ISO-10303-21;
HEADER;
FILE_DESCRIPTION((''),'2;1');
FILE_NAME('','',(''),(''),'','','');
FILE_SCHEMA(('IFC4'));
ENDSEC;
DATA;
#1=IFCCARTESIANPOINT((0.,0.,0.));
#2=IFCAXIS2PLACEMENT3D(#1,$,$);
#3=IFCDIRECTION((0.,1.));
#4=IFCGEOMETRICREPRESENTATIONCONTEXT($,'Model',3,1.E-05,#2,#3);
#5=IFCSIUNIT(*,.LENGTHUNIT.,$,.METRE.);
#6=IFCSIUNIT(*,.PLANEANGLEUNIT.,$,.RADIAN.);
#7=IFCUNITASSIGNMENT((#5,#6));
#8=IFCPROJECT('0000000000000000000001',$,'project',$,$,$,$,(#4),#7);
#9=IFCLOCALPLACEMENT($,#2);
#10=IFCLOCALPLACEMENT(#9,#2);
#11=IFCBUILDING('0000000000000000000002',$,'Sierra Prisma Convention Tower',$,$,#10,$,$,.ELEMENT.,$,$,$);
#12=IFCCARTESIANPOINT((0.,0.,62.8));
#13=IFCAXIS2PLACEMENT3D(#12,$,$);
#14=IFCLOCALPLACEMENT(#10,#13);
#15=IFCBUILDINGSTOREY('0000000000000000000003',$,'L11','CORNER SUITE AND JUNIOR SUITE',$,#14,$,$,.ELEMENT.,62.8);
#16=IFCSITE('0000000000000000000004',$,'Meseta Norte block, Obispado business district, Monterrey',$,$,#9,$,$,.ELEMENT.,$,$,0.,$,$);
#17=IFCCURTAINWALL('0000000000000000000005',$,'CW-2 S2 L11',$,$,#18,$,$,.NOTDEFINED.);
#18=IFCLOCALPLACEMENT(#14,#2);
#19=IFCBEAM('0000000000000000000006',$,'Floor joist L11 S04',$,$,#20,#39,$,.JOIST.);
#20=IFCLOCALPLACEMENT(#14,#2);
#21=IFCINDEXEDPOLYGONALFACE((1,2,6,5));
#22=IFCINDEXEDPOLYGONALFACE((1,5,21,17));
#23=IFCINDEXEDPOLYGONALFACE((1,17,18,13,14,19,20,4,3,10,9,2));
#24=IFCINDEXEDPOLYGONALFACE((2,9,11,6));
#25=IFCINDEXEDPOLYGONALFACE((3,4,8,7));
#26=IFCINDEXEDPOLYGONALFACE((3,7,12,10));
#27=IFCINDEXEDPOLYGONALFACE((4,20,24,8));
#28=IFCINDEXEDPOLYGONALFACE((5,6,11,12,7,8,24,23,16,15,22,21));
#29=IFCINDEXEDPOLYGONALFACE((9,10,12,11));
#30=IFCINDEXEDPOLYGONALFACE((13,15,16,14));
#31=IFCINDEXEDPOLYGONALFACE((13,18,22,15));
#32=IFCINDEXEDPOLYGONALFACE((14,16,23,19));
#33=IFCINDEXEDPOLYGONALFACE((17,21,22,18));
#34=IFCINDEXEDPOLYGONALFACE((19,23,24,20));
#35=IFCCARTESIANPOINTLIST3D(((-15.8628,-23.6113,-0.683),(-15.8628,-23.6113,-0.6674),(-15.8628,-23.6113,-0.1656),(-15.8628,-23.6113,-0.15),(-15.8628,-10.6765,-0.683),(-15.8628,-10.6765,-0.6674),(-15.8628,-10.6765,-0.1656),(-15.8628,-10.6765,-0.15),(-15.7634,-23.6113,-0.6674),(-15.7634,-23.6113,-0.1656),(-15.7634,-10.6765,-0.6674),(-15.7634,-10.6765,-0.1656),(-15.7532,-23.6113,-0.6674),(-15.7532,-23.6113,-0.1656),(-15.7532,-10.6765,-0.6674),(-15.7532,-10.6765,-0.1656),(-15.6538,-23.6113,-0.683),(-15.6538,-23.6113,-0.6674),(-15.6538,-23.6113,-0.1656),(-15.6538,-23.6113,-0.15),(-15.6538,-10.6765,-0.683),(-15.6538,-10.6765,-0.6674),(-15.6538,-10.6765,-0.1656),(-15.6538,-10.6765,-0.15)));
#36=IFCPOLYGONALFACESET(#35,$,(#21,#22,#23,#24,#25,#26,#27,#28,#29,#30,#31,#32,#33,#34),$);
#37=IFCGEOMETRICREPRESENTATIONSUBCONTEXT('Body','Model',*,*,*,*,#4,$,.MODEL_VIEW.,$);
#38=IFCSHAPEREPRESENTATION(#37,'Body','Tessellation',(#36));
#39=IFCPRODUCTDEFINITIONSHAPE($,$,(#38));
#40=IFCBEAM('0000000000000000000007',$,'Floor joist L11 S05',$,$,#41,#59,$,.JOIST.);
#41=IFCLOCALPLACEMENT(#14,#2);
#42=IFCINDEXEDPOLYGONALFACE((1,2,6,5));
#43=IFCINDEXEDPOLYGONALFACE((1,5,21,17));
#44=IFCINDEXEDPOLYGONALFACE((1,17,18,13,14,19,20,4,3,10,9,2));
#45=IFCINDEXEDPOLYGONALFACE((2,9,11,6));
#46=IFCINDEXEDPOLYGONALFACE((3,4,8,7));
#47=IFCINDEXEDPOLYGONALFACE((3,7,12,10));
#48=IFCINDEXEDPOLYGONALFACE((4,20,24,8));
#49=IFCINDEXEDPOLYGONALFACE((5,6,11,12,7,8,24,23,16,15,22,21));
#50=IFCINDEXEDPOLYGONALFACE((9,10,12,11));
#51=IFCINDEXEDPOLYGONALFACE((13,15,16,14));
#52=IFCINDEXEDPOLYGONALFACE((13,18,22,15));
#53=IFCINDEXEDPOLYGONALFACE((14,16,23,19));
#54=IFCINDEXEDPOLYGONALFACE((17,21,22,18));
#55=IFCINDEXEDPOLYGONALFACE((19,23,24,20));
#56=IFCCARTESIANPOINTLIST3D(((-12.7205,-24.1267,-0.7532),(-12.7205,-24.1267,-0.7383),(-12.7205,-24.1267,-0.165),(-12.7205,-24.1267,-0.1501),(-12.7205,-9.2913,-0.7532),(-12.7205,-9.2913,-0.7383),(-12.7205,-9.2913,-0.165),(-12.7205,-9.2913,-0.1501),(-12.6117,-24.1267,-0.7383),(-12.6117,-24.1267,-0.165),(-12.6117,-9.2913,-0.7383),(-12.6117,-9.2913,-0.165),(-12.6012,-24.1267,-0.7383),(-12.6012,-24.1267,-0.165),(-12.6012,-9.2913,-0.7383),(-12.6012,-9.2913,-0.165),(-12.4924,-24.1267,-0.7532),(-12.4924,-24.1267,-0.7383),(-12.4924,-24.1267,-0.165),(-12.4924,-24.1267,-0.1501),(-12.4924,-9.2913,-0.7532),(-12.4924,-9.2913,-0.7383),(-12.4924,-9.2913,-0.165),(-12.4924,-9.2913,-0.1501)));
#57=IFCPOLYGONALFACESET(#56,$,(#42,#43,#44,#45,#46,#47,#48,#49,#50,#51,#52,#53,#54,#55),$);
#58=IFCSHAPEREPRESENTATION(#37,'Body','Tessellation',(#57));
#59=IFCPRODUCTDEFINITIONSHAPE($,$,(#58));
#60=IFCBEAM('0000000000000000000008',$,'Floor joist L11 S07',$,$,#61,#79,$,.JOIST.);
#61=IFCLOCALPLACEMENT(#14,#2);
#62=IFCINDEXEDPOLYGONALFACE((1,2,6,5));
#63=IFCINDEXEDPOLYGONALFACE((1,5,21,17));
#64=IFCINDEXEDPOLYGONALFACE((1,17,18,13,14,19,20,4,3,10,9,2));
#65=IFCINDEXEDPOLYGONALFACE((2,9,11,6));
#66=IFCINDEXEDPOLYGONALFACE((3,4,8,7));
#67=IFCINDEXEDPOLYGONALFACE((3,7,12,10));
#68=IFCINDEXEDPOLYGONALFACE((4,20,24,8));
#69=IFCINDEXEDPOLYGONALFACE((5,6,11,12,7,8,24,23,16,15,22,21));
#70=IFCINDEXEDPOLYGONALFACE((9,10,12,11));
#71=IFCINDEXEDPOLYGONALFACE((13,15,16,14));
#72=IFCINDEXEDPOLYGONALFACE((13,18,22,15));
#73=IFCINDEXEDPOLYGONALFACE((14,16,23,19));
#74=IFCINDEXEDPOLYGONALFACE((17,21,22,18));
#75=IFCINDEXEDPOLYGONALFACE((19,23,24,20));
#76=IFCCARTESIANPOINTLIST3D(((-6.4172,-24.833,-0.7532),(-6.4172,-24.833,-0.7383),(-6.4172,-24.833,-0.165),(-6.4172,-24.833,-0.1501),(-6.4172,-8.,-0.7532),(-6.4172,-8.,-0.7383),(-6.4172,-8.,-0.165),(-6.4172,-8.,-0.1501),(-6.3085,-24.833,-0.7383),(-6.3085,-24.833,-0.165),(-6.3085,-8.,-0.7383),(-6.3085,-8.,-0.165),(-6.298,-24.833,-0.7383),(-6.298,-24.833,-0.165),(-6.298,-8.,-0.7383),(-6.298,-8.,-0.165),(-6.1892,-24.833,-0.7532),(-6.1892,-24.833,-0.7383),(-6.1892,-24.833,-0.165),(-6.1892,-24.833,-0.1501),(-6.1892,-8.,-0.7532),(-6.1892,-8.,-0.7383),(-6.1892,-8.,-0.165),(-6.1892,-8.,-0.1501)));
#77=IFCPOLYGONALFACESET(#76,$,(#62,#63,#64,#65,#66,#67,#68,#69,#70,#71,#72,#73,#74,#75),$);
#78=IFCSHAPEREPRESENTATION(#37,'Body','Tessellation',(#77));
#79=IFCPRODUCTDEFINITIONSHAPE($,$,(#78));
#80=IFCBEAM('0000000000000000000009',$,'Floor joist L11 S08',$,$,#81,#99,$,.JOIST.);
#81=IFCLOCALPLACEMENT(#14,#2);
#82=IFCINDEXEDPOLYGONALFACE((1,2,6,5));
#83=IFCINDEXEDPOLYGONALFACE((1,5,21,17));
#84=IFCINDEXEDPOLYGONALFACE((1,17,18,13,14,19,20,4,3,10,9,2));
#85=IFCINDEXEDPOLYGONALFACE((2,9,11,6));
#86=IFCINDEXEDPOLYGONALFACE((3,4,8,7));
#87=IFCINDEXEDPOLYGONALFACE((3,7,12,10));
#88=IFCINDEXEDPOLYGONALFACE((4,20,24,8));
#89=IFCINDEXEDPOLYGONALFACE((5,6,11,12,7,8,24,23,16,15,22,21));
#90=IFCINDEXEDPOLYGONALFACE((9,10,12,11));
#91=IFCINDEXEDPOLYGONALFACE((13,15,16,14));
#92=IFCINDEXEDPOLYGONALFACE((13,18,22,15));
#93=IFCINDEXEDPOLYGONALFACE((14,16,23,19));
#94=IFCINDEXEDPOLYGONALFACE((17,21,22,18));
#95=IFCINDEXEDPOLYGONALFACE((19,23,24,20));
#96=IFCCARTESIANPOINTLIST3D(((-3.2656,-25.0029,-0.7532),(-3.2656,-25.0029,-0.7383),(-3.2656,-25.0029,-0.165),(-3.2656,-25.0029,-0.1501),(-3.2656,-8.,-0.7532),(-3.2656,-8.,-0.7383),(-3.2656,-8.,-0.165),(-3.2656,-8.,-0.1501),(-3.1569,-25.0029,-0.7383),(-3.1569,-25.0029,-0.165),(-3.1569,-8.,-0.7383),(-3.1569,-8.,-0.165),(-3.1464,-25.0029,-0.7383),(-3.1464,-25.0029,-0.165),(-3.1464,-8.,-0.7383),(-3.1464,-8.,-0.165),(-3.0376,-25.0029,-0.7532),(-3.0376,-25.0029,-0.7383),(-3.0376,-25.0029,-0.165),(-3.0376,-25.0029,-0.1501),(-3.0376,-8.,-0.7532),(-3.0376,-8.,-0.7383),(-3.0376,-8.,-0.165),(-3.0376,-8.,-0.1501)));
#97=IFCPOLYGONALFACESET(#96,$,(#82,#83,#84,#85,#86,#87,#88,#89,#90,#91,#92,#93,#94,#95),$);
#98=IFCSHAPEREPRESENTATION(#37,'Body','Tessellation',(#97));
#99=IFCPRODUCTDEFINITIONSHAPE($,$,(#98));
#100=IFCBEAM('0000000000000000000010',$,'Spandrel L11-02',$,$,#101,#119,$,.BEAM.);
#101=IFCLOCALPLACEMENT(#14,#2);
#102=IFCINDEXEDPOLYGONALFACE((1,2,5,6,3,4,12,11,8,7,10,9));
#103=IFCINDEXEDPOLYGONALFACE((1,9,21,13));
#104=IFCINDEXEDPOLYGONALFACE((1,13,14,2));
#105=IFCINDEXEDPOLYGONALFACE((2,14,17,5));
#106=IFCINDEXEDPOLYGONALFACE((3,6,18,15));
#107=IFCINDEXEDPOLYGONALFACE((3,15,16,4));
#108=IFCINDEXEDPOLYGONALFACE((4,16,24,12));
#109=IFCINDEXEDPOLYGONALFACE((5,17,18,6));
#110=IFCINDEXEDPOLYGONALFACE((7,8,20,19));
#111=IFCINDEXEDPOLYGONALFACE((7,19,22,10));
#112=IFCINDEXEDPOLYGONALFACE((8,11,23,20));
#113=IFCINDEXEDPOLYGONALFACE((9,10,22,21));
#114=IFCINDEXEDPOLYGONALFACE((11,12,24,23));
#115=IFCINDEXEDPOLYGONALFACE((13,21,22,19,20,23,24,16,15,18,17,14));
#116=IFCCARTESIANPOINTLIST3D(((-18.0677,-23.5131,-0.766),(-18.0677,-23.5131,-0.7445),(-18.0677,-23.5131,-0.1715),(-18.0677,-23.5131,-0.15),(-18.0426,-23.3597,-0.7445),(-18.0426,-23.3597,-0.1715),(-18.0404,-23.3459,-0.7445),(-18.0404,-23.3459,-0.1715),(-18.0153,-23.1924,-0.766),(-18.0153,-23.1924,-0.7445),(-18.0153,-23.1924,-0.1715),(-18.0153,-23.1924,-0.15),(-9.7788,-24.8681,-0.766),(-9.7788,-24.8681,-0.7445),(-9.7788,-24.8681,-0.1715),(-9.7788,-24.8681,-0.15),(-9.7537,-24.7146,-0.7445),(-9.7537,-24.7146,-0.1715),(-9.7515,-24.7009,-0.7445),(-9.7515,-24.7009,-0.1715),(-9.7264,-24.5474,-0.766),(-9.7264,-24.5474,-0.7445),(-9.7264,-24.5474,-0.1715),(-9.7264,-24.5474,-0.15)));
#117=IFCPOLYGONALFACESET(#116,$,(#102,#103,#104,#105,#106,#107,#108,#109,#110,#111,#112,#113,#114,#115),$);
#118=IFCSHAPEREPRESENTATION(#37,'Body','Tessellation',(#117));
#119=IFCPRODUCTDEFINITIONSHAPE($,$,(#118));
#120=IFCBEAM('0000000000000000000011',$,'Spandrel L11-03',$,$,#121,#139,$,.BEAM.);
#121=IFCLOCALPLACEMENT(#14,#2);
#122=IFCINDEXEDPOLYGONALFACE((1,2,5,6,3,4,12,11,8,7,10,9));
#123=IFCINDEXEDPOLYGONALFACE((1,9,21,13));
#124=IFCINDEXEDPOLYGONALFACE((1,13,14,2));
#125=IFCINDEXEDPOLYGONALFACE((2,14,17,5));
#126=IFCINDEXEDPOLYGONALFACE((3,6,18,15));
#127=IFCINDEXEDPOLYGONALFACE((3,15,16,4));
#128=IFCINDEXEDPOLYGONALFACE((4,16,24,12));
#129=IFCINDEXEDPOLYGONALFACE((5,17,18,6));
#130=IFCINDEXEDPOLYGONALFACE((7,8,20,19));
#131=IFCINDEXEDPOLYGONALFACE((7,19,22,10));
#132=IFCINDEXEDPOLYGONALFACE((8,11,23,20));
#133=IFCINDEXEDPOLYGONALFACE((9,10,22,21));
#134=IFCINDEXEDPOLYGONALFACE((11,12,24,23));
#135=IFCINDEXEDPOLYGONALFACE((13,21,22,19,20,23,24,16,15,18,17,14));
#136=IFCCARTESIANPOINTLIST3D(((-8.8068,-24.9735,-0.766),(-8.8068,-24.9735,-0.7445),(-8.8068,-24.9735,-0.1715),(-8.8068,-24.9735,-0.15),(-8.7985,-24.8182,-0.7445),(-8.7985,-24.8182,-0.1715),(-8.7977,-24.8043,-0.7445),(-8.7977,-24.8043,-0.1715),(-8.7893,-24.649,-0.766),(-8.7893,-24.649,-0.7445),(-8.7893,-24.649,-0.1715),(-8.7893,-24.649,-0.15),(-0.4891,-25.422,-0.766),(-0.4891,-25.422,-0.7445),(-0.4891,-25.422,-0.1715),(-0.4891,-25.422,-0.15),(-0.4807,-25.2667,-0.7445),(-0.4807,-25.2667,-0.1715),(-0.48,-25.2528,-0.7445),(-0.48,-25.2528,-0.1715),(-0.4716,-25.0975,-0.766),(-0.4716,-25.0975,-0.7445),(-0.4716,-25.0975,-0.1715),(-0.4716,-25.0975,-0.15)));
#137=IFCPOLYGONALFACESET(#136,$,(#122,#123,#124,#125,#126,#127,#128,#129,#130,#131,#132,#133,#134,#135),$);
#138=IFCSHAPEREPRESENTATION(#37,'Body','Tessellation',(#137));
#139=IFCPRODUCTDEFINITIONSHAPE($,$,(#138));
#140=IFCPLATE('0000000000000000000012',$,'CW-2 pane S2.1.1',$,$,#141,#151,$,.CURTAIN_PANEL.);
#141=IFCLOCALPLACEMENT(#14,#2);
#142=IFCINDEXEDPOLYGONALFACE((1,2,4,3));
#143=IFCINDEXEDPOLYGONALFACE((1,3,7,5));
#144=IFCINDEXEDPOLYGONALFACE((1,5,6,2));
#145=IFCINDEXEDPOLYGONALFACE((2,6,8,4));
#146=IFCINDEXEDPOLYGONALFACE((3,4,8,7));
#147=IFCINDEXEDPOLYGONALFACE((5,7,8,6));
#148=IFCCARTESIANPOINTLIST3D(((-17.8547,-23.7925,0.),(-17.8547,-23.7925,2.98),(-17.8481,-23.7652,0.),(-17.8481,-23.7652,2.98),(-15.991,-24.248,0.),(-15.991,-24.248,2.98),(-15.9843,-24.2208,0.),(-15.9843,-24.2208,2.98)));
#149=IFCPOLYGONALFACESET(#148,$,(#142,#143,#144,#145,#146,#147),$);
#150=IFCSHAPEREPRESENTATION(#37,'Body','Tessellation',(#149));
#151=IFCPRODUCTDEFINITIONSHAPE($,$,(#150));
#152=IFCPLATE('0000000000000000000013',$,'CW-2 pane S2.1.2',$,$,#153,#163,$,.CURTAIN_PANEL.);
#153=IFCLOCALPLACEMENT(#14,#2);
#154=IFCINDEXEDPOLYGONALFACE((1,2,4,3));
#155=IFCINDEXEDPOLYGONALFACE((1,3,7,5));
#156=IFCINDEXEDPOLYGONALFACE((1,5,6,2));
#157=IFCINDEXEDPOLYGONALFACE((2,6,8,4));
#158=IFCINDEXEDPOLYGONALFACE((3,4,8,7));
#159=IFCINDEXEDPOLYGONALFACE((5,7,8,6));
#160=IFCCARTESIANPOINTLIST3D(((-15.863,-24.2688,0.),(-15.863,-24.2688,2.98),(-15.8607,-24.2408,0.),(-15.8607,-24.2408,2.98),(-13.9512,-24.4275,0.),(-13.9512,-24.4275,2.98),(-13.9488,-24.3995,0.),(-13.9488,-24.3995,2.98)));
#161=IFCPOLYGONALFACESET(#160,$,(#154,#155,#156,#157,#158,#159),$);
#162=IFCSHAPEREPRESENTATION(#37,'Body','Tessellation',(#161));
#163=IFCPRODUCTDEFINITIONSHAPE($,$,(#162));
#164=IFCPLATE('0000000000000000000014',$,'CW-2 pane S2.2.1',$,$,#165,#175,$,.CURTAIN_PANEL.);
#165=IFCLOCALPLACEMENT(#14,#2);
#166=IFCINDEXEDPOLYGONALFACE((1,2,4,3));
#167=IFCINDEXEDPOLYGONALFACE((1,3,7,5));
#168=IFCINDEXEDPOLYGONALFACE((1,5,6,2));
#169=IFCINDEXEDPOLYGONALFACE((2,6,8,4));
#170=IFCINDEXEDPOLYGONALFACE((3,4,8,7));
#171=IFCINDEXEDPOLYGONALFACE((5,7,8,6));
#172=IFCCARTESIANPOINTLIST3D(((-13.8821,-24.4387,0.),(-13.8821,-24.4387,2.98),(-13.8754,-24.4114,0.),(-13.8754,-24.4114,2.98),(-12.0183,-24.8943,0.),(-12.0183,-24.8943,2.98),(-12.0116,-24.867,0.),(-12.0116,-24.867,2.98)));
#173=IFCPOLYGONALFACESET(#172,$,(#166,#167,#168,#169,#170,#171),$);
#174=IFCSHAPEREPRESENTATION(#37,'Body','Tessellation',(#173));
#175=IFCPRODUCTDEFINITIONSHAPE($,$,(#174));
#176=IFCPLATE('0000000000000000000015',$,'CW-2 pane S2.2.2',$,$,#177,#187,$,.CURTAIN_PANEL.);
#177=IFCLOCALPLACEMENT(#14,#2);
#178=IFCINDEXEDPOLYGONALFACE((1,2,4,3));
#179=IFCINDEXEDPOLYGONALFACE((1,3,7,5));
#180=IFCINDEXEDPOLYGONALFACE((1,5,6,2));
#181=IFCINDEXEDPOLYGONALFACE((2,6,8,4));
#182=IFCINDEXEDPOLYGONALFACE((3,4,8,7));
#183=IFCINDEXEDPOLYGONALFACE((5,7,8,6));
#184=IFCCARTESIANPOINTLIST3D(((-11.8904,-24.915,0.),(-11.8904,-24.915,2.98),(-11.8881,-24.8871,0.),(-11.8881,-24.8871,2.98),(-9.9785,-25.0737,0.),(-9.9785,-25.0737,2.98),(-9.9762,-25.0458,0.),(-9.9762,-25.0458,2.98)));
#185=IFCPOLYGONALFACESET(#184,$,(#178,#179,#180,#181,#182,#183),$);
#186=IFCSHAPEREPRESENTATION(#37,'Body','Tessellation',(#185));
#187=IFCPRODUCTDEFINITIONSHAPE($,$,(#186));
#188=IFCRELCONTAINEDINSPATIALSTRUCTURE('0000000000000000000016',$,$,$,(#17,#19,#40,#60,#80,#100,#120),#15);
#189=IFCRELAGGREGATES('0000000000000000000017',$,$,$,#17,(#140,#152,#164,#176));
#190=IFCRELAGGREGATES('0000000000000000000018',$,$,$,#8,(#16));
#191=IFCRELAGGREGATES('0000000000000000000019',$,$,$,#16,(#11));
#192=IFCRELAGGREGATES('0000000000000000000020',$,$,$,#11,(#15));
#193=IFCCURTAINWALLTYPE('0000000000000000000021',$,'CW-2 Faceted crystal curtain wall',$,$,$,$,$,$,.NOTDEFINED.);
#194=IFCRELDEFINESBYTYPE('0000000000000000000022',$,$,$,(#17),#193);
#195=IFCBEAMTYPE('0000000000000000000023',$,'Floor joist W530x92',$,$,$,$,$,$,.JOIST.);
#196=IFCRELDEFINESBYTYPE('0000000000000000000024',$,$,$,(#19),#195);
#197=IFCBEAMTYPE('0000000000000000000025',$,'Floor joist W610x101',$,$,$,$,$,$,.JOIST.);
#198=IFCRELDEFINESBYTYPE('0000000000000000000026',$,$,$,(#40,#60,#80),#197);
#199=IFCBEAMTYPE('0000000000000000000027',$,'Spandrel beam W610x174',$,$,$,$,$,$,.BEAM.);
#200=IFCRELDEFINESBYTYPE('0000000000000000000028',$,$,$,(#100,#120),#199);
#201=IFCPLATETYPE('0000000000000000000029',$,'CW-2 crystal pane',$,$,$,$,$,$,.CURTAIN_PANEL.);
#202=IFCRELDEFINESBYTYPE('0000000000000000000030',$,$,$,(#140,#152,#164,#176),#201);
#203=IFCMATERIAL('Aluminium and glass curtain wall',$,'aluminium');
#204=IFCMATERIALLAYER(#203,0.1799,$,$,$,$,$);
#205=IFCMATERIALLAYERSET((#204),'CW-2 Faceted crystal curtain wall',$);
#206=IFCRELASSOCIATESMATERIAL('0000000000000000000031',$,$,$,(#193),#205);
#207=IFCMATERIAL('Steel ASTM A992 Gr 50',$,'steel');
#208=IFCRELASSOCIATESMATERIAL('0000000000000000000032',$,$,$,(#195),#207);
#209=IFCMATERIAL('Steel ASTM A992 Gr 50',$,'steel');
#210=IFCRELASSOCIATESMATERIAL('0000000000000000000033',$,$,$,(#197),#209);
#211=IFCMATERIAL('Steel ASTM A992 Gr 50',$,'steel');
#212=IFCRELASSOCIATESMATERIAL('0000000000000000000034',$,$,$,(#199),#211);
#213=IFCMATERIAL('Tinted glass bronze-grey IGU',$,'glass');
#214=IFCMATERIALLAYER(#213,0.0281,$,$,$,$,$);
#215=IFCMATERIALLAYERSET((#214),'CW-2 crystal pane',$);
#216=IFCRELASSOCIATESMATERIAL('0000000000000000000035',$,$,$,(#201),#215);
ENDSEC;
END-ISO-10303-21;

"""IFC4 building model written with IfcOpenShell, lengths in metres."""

from ifc_helpers import new_model, si_unit, direction, frame, origin, origin_2d, place, context, subcontext, project, spatial, polyline, i_section, outline, extrude, material, layer, layer_set, material_profile, profile_set, type_object, element, aggregate, save


model = new_model("IFC4")

# Units and contexts
model_context = context("Model", 3, precision=1e-05, world=origin(), true_north=direction((0.0, 1.0)))
body_context = subcontext(model_context, "Body", "Model", "MODEL_VIEW")
ifc_project = project(units=[si_unit("LENGTHUNIT", "METRE"), si_unit("PLANEANGLEUNIT", "RADIAN")], contexts=[model_context])

# Site, building, storey
site_placement = place(None, origin())
site = spatial("IfcSite", under=ifc_project, at=site_placement, Name="Meseta Norte block, Obispado business district, Monterrey", CompositionType="ELEMENT", RefElevation=0.0)
building_placement = place(site_placement, origin())
building = spatial("IfcBuilding", under=site, at=building_placement, Name="Sierra Prisma Convention Tower", CompositionType="ELEMENT")
storey_placement = place(building_placement, frame((0.0, 0.0, 62.8)))
storey = spatial("IfcBuildingStorey", under=building, at=storey_placement, Name="L11", Description="CORNER SUITE AND JUNIOR SUITE", CompositionType="ELEMENT", Elevation=62.8)

# Curtain wall
ifc_material_1 = material(Name="Aluminium and glass curtain wall", Category="aluminium")
ifc_layer_1 = layer(ifc_material_1, 0.1799)
ifc_layer_set_1 = layer_set([ifc_layer_1], Name="CW-2 Faceted crystal curtain wall")
curtain_wall_type = type_object("IfcCurtainWallType", Name="CW-2 Faceted crystal curtain wall", PredefinedType="NOTDEFINED", material=ifc_layer_set_1)
curtain_wall_1_placement = place(storey_placement, origin())
curtain_wall_1 = element("IfcCurtainWall", 1, at=curtain_wall_1_placement, inside=storey, type_object=curtain_wall_type, Name="CW-2 S2 L11", PredefinedType="NOTDEFINED")

# Beams
ifc_material_2 = material(Name="Steel ASTM A992 Gr 50", Category="steel")
ifc_material_profile_1 = material_profile(ifc_material_2, i_section(OverallWidth=0.209, OverallDepth=0.533, WebThickness=0.0103, FlangeThickness=0.0156, at=origin_2d()), Name="W530x92")
ifc_profile_set_1 = profile_set([ifc_material_profile_1], Name="Steel ASTM A992 Gr 50")
beam_type_1 = type_object("IfcBeamType", Name="Floor joist W530x92", PredefinedType="JOIST", material=ifc_profile_set_1)
beam_1_placement = place(storey_placement, frame((-15.7583, -23.6113, -0.4165), z_axis=(0.0, 1.0, 0.0), x_axis=(-1.0, 0.0, 0.0)))
element("IfcBeam", 2, at=beam_1_placement, inside=storey, type_object=beam_type_1, Name="Floor joist L11 S04", PredefinedType="JOIST", context=body_context, shape_type="SweptSolid", body=[
    extrude(i_section(OverallWidth=0.209, OverallDepth=0.533, WebThickness=0.0103, FlangeThickness=0.0156, at=origin_2d()), origin(), (0.0, 0.0, 1.0), 12.9348),
])
ifc_material_3 = material(Name="Steel ASTM A992 Gr 50", Category="steel")
ifc_material_profile_2 = material_profile(ifc_material_3, i_section(OverallWidth=0.228, OverallDepth=0.603, WebThickness=0.0105, FlangeThickness=0.0149, at=origin_2d()), Name="W610x101")
ifc_profile_set_2 = profile_set([ifc_material_profile_2], Name="Steel ASTM A992 Gr 50")
beam_type_2 = type_object("IfcBeamType", Name="Floor joist W610x101", PredefinedType="JOIST", material=ifc_profile_set_2)
beam_2_placement = place(storey_placement, frame((-12.6064, -24.1267, -0.4517), z_axis=(0.0, 1.0, 0.0), x_axis=(-1.0, 0.0, 0.0)))
element("IfcBeam", 3, at=beam_2_placement, inside=storey, type_object=beam_type_2, Name="Floor joist L11 S05", PredefinedType="JOIST", context=body_context, shape_type="SweptSolid", body=[
    extrude(i_section(OverallWidth=0.228, OverallDepth=0.603, WebThickness=0.0105, FlangeThickness=0.0149, at=origin_2d()), origin(), (0.0, 0.0, 1.0), 14.8354),
])
beam_3_placement = place(storey_placement, frame((-6.3032, -24.833, -0.4517), z_axis=(0.0, 1.0, 0.0), x_axis=(-1.0, 0.0, 0.0)))
element("IfcBeam", 4, at=beam_3_placement, inside=storey, type_object=beam_type_2, Name="Floor joist L11 S07", PredefinedType="JOIST", context=body_context, shape_type="SweptSolid", body=[
    extrude(i_section(OverallWidth=0.228, OverallDepth=0.603, WebThickness=0.0105, FlangeThickness=0.0149, at=origin_2d()), origin(), (0.0, 0.0, 1.0), 16.833),
])
beam_4_placement = place(storey_placement, frame((-3.1516, -25.0029, -0.4517), z_axis=(0.0, 1.0, 0.0), x_axis=(-1.0, 0.0, 0.0)))
element("IfcBeam", 5, at=beam_4_placement, inside=storey, type_object=beam_type_2, Name="Floor joist L11 S08", PredefinedType="JOIST", context=body_context, shape_type="SweptSolid", body=[
    extrude(i_section(OverallWidth=0.228, OverallDepth=0.603, WebThickness=0.0105, FlangeThickness=0.0149, at=origin_2d()), origin(), (0.0, 0.0, 1.0), 17.0029),
])
ifc_material_4 = material(Name="Steel ASTM A992 Gr 50", Category="steel")
ifc_material_profile_3 = material_profile(ifc_material_4, i_section(OverallWidth=0.325, OverallDepth=0.616, WebThickness=0.0139, FlangeThickness=0.0215, at=origin_2d()), Name="W610x174")
ifc_profile_set_3 = profile_set([ifc_material_profile_3], Name="Steel ASTM A992 Gr 50")
beam_type_3 = type_object("IfcBeamType", Name="Spandrel beam W610x174", PredefinedType="BEAM", material=ifc_profile_set_3)
beam_5_placement = place(storey_placement, frame((-18.0415, -23.3528, -0.458), z_axis=(0.986901, -0.16133, 0.0), x_axis=(0.16133, 0.986901, 0.0)))
element("IfcBeam", 6, at=beam_5_placement, inside=storey, type_object=beam_type_3, Name="Spandrel L11-02", PredefinedType="BEAM", context=body_context, shape_type="SweptSolid", body=[
    extrude(i_section(OverallWidth=0.325, OverallDepth=0.616, WebThickness=0.0139, FlangeThickness=0.0215, at=origin_2d()), origin(), (0.0, 0.0, 1.0), 8.3989),
])
beam_6_placement = place(storey_placement, frame((-8.7981, -24.8113, -0.458), z_axis=(0.99855, -0.05384, 0.0), x_axis=(0.05384, 0.99855, 0.0)))
element("IfcBeam", 7, at=beam_6_placement, inside=storey, type_object=beam_type_3, Name="Spandrel L11-03", PredefinedType="BEAM", context=body_context, shape_type="SweptSolid", body=[
    extrude(i_section(OverallWidth=0.325, OverallDepth=0.616, WebThickness=0.0139, FlangeThickness=0.0215, at=origin_2d()), origin(), (0.0, 0.0, 1.0), 8.3298),
])

# Plates
ifc_material_5 = material(Name="Tinted glass bronze-grey IGU", Category="glass")
ifc_layer_2 = layer(ifc_material_5, 0.0281)
ifc_layer_set_2 = layer_set([ifc_layer_2], Name="CW-2 crystal pane")
plate_type = type_object("IfcPlateType", Name="CW-2 crystal pane", PredefinedType="CURTAIN_PANEL", material=ifc_layer_set_2)
plate_1_placement = place(storey_placement, frame((-17.8547, -23.7925, 0.0), z_axis=(-0.237442, -0.971402, 0.0), x_axis=(0.971402, -0.237442, 0.0)))
plate_1 = element("IfcPlate", 8, at=plate_1_placement, type_object=plate_type, Name="CW-2 pane S2.1.1", PredefinedType="CURTAIN_PANEL", context=body_context, shape_type="SweptSolid", body=[
    extrude(outline(polyline([(0.0, 0.0), (1.9186, 0.0), (1.9186, 2.98), (0.0, 2.98), (0.0, 0.0)])), origin(), (0.0, 0.0, -1.0), 0.0281),
])
plate_2_placement = place(storey_placement, frame((-13.9512, -24.4275, 0.0), z_axis=(-0.082719, -0.996573, 0.0), x_axis=(-0.996573, 0.082719, 0.0)))
plate_2 = element("IfcPlate", 9, at=plate_2_placement, type_object=plate_type, Name="CW-2 pane S2.1.2", PredefinedType="CURTAIN_PANEL", context=body_context, shape_type="SweptSolid", body=[
    extrude(outline(polyline([(0.0, 0.0), (1.9184, 0.0), (1.9184, -2.98), (0.0, -2.98), (0.0, 0.0)])), origin(), (0.0, 0.0, -1.0), 0.0281),
])
plate_3_placement = place(storey_placement, frame((-13.8821, -24.4387, 0.0), z_axis=(-0.237442, -0.971402, 0.0), x_axis=(0.971402, -0.237442, 0.0)))
plate_3 = element("IfcPlate", 10, at=plate_3_placement, type_object=plate_type, Name="CW-2 pane S2.2.1", PredefinedType="CURTAIN_PANEL", context=body_context, shape_type="SweptSolid", body=[
    extrude(outline(polyline([(0.0, 0.0), (1.9186, 0.0), (1.9186, 2.98), (0.0, 2.98), (0.0, 0.0)])), origin(), (0.0, 0.0, -1.0), 0.0281),
])
plate_4_placement = place(storey_placement, frame((-9.9785, -25.0737, 0.0), z_axis=(-0.082719, -0.996573, 0.0), x_axis=(-0.996573, 0.082719, 0.0)))
plate_4 = element("IfcPlate", 11, at=plate_4_placement, type_object=plate_type, Name="CW-2 pane S2.2.2", PredefinedType="CURTAIN_PANEL", context=body_context, shape_type="SweptSolid", body=[
    extrude(outline(polyline([(0.0, 0.0), (1.9184, 0.0), (1.9184, -2.98), (0.0, -2.98), (0.0, 0.0)])), origin(), (0.0, 0.0, -1.0), 0.0281),
])
aggregate(curtain_wall_1, [plate_1, plate_2, plate_3, plate_4])

save(model, "model.ifc")
